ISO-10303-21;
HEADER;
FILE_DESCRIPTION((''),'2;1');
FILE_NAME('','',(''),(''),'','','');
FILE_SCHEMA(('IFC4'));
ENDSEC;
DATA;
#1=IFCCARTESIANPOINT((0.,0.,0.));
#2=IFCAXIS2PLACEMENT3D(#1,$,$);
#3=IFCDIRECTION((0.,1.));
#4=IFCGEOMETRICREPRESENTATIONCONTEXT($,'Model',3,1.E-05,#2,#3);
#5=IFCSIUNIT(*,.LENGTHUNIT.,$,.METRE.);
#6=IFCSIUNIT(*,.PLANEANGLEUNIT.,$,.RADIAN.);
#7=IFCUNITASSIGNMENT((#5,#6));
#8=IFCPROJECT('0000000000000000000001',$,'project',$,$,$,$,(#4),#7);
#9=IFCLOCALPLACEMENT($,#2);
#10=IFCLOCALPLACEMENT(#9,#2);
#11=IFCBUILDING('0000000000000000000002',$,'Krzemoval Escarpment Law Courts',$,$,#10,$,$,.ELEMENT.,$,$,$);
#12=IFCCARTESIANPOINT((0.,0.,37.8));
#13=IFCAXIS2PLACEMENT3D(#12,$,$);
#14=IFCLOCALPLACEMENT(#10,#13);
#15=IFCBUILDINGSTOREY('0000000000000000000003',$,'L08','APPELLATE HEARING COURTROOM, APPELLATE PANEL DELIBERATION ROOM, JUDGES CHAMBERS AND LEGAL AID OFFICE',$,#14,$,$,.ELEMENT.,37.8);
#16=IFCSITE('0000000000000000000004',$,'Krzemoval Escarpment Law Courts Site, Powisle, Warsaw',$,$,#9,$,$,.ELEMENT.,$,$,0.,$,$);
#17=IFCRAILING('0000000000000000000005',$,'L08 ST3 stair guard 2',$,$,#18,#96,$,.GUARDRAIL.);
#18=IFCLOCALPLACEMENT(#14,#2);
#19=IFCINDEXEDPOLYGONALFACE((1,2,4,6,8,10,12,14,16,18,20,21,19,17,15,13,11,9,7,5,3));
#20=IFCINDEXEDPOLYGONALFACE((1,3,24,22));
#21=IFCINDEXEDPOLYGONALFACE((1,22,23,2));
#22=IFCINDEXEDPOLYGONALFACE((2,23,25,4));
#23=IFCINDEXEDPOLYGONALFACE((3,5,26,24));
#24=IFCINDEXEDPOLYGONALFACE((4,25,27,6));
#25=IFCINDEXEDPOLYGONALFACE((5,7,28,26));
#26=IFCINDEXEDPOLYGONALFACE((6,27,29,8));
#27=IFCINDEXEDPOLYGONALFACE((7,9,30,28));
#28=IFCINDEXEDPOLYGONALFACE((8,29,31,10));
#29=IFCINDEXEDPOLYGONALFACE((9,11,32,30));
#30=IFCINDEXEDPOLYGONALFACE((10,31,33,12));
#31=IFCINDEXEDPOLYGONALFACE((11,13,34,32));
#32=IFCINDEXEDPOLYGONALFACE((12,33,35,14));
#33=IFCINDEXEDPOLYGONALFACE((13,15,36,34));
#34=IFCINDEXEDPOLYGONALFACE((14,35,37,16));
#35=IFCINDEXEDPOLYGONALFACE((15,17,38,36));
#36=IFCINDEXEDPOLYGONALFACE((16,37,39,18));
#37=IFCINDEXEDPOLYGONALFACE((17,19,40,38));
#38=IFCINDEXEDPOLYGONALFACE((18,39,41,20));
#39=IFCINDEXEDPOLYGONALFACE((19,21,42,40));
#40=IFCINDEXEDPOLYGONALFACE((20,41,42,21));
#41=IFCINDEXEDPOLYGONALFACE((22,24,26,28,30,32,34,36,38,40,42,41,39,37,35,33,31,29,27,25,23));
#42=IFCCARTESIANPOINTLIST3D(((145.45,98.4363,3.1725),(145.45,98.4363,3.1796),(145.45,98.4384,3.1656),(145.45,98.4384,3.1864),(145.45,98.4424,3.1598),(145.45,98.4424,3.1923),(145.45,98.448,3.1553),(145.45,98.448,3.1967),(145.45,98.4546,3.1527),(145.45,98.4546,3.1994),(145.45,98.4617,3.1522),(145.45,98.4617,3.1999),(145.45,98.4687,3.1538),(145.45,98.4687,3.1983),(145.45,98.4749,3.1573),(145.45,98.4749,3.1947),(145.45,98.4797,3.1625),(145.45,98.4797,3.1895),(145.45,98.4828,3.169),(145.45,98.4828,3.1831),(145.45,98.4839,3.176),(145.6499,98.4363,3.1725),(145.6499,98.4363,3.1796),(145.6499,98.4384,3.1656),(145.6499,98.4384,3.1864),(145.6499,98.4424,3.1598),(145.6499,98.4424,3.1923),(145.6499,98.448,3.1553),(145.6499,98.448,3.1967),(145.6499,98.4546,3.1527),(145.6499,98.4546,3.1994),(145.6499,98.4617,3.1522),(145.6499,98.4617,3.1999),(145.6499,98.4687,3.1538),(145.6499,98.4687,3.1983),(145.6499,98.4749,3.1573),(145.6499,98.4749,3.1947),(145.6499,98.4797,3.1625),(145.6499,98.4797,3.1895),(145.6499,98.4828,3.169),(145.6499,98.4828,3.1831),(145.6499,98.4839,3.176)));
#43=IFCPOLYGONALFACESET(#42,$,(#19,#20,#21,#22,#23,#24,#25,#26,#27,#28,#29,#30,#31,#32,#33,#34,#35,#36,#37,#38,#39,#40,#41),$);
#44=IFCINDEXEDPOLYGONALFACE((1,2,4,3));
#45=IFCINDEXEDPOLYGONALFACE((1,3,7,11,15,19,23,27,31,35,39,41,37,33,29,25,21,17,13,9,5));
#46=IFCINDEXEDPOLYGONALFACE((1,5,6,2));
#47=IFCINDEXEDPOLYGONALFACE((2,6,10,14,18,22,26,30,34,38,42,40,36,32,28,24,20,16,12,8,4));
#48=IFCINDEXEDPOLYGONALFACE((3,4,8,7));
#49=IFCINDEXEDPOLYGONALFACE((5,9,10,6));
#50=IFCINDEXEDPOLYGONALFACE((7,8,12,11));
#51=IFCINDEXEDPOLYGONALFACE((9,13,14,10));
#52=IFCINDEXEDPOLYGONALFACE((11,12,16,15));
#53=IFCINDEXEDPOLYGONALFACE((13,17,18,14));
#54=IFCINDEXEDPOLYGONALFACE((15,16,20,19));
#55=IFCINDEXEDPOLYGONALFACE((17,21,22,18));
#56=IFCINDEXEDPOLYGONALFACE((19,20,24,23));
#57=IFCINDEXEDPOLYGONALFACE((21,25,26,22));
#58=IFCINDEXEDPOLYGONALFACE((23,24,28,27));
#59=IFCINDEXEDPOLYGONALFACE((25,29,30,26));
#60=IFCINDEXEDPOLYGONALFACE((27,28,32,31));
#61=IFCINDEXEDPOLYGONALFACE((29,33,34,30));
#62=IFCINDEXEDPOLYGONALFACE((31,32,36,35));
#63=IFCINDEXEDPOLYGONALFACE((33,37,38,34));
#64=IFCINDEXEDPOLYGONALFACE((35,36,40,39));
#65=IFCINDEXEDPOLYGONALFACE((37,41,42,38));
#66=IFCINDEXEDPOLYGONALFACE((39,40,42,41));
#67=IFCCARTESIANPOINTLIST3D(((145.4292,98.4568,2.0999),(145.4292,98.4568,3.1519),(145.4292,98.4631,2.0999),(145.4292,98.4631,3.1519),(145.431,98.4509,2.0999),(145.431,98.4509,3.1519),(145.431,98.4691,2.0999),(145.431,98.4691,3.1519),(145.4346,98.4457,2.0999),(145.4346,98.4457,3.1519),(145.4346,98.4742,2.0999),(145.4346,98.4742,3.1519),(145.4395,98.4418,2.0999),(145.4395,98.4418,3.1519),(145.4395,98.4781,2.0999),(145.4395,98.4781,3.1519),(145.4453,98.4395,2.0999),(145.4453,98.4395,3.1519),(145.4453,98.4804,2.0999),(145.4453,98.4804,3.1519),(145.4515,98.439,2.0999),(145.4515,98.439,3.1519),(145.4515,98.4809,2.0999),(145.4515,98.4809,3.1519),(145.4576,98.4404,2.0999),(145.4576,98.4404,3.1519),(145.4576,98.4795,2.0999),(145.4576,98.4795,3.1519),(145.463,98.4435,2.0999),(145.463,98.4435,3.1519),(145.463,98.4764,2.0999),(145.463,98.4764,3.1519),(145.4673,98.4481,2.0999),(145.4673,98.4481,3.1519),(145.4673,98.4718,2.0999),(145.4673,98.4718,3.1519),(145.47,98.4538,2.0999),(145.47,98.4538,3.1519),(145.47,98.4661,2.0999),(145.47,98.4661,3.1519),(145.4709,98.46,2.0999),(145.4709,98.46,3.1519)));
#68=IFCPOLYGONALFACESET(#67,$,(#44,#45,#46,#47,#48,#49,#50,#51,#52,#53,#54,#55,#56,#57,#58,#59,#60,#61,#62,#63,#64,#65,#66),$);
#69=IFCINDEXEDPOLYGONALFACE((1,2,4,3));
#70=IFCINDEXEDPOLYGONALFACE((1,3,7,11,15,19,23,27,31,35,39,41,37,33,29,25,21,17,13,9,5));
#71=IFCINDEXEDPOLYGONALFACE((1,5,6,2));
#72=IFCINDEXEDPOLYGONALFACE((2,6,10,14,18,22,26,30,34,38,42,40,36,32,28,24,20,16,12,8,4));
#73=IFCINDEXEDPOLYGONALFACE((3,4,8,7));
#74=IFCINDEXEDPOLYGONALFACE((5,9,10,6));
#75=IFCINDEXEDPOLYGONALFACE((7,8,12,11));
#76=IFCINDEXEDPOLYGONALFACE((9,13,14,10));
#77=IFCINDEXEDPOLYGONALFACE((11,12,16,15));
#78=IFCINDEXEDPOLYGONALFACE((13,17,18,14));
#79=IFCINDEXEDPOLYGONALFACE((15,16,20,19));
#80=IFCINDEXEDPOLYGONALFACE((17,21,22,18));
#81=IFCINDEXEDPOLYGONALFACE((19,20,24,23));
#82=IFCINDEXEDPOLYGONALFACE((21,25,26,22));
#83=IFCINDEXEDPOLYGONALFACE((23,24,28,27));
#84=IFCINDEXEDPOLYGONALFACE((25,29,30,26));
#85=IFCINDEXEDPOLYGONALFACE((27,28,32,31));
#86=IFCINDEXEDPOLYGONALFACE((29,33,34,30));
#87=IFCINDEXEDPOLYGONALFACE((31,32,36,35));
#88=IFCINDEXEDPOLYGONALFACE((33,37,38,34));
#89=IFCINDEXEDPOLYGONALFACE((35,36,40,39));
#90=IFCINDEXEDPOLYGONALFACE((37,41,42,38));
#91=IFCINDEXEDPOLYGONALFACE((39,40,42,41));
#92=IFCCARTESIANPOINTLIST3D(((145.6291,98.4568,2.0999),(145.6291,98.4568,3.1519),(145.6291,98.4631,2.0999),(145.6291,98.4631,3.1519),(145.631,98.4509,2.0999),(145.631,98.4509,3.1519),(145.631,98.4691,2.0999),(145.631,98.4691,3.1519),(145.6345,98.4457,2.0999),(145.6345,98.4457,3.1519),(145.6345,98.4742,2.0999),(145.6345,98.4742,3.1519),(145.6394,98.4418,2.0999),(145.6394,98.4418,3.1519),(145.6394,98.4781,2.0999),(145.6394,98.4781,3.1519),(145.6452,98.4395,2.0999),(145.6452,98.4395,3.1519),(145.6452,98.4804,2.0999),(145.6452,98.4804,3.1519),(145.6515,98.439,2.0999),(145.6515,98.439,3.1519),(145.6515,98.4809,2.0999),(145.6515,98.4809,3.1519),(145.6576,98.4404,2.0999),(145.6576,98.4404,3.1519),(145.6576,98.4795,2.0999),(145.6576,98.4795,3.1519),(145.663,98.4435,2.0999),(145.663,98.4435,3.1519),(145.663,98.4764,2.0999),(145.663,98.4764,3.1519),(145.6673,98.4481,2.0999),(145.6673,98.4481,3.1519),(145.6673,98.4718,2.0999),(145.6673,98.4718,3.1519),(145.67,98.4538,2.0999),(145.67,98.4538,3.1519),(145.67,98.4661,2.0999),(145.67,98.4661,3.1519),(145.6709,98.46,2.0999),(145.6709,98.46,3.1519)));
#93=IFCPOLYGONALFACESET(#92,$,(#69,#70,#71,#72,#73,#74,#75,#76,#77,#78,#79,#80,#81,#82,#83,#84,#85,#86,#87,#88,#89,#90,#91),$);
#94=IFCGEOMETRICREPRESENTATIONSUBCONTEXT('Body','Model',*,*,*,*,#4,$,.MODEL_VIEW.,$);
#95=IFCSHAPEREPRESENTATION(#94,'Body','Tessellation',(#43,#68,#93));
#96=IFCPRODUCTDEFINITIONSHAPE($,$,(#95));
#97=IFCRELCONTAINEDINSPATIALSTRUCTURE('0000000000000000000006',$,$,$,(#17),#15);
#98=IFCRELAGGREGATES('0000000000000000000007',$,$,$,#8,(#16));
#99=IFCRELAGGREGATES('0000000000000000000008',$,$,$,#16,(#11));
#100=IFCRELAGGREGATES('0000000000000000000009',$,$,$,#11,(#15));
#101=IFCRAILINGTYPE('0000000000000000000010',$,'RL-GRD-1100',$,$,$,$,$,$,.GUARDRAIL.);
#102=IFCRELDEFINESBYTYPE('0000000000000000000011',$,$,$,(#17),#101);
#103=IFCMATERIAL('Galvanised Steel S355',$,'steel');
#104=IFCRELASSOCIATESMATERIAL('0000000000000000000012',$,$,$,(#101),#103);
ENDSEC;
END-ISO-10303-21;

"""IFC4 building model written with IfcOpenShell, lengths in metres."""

from ifc_helpers import new_model, si_unit, direction, frame, origin, origin_2d, place, context, subcontext, project, spatial, circle, extrude, material, type_object, element, save


model = new_model("IFC4")

# Units and contexts
model_context = context("Model", 3, precision=1e-05, world=origin(), true_north=direction((0.0, 1.0)))
body_context = subcontext(model_context, "Body", "Model", "MODEL_VIEW")
ifc_project = project(units=[si_unit("LENGTHUNIT", "METRE"), si_unit("PLANEANGLEUNIT", "RADIAN")], contexts=[model_context])

# Site, building, storey
site_placement = place(None, origin())
site = spatial("IfcSite", under=ifc_project, at=site_placement, Name="Krzemoval Escarpment Law Courts Site, Powisle, Warsaw", CompositionType="ELEMENT", RefElevation=0.0)
building_placement = place(site_placement, origin())
building = spatial("IfcBuilding", under=site, at=building_placement, Name="Krzemoval Escarpment Law Courts", CompositionType="ELEMENT")
storey_placement = place(building_placement, frame((0.0, 0.0, 37.8)))
storey = spatial("IfcBuildingStorey", under=building, at=storey_placement, Name="L08", Description="APPELLATE HEARING COURTROOM, APPELLATE PANEL DELIBERATION ROOM, JUDGES CHAMBERS AND LEGAL AID OFFICE", CompositionType="ELEMENT", Elevation=37.8)

# Railing
ifc_material_1 = material(Name="Galvanised Steel S355", Category="steel")
railing_type = type_object("IfcRailingType", Name="RL-GRD-1100", PredefinedType="GUARDRAIL", material=ifc_material_1)
railing_1_placement = place(storey_placement, frame((145.45, 98.46, 2.0999)))
element("IfcRailing", 1, at=railing_1_placement, inside=storey, type_object=railing_type, Name="L08 ST3 stair guard 2", PredefinedType="GUARDRAIL", context=body_context, shape_type="SweptSolid", body=[
    extrude(circle(Radius=0.0239, at=origin_2d()), frame((0.0, 0.0, 1.0762), z_axis=(1.0, 0.0, 0.0), x_axis=(0.0, 1.0, 0.0)), (0.0, 0.0, 1.0), 0.2),
    extrude(circle(Radius=0.021, at=origin_2d()), origin(), (0.0, 0.0, 1.0), 1.052),
    extrude(circle(Radius=0.021, at=origin_2d()), frame((0.2, 0.0, 0.0)), (0.0, 0.0, 1.0), 1.052),
])

save(model, "model.ifc")
